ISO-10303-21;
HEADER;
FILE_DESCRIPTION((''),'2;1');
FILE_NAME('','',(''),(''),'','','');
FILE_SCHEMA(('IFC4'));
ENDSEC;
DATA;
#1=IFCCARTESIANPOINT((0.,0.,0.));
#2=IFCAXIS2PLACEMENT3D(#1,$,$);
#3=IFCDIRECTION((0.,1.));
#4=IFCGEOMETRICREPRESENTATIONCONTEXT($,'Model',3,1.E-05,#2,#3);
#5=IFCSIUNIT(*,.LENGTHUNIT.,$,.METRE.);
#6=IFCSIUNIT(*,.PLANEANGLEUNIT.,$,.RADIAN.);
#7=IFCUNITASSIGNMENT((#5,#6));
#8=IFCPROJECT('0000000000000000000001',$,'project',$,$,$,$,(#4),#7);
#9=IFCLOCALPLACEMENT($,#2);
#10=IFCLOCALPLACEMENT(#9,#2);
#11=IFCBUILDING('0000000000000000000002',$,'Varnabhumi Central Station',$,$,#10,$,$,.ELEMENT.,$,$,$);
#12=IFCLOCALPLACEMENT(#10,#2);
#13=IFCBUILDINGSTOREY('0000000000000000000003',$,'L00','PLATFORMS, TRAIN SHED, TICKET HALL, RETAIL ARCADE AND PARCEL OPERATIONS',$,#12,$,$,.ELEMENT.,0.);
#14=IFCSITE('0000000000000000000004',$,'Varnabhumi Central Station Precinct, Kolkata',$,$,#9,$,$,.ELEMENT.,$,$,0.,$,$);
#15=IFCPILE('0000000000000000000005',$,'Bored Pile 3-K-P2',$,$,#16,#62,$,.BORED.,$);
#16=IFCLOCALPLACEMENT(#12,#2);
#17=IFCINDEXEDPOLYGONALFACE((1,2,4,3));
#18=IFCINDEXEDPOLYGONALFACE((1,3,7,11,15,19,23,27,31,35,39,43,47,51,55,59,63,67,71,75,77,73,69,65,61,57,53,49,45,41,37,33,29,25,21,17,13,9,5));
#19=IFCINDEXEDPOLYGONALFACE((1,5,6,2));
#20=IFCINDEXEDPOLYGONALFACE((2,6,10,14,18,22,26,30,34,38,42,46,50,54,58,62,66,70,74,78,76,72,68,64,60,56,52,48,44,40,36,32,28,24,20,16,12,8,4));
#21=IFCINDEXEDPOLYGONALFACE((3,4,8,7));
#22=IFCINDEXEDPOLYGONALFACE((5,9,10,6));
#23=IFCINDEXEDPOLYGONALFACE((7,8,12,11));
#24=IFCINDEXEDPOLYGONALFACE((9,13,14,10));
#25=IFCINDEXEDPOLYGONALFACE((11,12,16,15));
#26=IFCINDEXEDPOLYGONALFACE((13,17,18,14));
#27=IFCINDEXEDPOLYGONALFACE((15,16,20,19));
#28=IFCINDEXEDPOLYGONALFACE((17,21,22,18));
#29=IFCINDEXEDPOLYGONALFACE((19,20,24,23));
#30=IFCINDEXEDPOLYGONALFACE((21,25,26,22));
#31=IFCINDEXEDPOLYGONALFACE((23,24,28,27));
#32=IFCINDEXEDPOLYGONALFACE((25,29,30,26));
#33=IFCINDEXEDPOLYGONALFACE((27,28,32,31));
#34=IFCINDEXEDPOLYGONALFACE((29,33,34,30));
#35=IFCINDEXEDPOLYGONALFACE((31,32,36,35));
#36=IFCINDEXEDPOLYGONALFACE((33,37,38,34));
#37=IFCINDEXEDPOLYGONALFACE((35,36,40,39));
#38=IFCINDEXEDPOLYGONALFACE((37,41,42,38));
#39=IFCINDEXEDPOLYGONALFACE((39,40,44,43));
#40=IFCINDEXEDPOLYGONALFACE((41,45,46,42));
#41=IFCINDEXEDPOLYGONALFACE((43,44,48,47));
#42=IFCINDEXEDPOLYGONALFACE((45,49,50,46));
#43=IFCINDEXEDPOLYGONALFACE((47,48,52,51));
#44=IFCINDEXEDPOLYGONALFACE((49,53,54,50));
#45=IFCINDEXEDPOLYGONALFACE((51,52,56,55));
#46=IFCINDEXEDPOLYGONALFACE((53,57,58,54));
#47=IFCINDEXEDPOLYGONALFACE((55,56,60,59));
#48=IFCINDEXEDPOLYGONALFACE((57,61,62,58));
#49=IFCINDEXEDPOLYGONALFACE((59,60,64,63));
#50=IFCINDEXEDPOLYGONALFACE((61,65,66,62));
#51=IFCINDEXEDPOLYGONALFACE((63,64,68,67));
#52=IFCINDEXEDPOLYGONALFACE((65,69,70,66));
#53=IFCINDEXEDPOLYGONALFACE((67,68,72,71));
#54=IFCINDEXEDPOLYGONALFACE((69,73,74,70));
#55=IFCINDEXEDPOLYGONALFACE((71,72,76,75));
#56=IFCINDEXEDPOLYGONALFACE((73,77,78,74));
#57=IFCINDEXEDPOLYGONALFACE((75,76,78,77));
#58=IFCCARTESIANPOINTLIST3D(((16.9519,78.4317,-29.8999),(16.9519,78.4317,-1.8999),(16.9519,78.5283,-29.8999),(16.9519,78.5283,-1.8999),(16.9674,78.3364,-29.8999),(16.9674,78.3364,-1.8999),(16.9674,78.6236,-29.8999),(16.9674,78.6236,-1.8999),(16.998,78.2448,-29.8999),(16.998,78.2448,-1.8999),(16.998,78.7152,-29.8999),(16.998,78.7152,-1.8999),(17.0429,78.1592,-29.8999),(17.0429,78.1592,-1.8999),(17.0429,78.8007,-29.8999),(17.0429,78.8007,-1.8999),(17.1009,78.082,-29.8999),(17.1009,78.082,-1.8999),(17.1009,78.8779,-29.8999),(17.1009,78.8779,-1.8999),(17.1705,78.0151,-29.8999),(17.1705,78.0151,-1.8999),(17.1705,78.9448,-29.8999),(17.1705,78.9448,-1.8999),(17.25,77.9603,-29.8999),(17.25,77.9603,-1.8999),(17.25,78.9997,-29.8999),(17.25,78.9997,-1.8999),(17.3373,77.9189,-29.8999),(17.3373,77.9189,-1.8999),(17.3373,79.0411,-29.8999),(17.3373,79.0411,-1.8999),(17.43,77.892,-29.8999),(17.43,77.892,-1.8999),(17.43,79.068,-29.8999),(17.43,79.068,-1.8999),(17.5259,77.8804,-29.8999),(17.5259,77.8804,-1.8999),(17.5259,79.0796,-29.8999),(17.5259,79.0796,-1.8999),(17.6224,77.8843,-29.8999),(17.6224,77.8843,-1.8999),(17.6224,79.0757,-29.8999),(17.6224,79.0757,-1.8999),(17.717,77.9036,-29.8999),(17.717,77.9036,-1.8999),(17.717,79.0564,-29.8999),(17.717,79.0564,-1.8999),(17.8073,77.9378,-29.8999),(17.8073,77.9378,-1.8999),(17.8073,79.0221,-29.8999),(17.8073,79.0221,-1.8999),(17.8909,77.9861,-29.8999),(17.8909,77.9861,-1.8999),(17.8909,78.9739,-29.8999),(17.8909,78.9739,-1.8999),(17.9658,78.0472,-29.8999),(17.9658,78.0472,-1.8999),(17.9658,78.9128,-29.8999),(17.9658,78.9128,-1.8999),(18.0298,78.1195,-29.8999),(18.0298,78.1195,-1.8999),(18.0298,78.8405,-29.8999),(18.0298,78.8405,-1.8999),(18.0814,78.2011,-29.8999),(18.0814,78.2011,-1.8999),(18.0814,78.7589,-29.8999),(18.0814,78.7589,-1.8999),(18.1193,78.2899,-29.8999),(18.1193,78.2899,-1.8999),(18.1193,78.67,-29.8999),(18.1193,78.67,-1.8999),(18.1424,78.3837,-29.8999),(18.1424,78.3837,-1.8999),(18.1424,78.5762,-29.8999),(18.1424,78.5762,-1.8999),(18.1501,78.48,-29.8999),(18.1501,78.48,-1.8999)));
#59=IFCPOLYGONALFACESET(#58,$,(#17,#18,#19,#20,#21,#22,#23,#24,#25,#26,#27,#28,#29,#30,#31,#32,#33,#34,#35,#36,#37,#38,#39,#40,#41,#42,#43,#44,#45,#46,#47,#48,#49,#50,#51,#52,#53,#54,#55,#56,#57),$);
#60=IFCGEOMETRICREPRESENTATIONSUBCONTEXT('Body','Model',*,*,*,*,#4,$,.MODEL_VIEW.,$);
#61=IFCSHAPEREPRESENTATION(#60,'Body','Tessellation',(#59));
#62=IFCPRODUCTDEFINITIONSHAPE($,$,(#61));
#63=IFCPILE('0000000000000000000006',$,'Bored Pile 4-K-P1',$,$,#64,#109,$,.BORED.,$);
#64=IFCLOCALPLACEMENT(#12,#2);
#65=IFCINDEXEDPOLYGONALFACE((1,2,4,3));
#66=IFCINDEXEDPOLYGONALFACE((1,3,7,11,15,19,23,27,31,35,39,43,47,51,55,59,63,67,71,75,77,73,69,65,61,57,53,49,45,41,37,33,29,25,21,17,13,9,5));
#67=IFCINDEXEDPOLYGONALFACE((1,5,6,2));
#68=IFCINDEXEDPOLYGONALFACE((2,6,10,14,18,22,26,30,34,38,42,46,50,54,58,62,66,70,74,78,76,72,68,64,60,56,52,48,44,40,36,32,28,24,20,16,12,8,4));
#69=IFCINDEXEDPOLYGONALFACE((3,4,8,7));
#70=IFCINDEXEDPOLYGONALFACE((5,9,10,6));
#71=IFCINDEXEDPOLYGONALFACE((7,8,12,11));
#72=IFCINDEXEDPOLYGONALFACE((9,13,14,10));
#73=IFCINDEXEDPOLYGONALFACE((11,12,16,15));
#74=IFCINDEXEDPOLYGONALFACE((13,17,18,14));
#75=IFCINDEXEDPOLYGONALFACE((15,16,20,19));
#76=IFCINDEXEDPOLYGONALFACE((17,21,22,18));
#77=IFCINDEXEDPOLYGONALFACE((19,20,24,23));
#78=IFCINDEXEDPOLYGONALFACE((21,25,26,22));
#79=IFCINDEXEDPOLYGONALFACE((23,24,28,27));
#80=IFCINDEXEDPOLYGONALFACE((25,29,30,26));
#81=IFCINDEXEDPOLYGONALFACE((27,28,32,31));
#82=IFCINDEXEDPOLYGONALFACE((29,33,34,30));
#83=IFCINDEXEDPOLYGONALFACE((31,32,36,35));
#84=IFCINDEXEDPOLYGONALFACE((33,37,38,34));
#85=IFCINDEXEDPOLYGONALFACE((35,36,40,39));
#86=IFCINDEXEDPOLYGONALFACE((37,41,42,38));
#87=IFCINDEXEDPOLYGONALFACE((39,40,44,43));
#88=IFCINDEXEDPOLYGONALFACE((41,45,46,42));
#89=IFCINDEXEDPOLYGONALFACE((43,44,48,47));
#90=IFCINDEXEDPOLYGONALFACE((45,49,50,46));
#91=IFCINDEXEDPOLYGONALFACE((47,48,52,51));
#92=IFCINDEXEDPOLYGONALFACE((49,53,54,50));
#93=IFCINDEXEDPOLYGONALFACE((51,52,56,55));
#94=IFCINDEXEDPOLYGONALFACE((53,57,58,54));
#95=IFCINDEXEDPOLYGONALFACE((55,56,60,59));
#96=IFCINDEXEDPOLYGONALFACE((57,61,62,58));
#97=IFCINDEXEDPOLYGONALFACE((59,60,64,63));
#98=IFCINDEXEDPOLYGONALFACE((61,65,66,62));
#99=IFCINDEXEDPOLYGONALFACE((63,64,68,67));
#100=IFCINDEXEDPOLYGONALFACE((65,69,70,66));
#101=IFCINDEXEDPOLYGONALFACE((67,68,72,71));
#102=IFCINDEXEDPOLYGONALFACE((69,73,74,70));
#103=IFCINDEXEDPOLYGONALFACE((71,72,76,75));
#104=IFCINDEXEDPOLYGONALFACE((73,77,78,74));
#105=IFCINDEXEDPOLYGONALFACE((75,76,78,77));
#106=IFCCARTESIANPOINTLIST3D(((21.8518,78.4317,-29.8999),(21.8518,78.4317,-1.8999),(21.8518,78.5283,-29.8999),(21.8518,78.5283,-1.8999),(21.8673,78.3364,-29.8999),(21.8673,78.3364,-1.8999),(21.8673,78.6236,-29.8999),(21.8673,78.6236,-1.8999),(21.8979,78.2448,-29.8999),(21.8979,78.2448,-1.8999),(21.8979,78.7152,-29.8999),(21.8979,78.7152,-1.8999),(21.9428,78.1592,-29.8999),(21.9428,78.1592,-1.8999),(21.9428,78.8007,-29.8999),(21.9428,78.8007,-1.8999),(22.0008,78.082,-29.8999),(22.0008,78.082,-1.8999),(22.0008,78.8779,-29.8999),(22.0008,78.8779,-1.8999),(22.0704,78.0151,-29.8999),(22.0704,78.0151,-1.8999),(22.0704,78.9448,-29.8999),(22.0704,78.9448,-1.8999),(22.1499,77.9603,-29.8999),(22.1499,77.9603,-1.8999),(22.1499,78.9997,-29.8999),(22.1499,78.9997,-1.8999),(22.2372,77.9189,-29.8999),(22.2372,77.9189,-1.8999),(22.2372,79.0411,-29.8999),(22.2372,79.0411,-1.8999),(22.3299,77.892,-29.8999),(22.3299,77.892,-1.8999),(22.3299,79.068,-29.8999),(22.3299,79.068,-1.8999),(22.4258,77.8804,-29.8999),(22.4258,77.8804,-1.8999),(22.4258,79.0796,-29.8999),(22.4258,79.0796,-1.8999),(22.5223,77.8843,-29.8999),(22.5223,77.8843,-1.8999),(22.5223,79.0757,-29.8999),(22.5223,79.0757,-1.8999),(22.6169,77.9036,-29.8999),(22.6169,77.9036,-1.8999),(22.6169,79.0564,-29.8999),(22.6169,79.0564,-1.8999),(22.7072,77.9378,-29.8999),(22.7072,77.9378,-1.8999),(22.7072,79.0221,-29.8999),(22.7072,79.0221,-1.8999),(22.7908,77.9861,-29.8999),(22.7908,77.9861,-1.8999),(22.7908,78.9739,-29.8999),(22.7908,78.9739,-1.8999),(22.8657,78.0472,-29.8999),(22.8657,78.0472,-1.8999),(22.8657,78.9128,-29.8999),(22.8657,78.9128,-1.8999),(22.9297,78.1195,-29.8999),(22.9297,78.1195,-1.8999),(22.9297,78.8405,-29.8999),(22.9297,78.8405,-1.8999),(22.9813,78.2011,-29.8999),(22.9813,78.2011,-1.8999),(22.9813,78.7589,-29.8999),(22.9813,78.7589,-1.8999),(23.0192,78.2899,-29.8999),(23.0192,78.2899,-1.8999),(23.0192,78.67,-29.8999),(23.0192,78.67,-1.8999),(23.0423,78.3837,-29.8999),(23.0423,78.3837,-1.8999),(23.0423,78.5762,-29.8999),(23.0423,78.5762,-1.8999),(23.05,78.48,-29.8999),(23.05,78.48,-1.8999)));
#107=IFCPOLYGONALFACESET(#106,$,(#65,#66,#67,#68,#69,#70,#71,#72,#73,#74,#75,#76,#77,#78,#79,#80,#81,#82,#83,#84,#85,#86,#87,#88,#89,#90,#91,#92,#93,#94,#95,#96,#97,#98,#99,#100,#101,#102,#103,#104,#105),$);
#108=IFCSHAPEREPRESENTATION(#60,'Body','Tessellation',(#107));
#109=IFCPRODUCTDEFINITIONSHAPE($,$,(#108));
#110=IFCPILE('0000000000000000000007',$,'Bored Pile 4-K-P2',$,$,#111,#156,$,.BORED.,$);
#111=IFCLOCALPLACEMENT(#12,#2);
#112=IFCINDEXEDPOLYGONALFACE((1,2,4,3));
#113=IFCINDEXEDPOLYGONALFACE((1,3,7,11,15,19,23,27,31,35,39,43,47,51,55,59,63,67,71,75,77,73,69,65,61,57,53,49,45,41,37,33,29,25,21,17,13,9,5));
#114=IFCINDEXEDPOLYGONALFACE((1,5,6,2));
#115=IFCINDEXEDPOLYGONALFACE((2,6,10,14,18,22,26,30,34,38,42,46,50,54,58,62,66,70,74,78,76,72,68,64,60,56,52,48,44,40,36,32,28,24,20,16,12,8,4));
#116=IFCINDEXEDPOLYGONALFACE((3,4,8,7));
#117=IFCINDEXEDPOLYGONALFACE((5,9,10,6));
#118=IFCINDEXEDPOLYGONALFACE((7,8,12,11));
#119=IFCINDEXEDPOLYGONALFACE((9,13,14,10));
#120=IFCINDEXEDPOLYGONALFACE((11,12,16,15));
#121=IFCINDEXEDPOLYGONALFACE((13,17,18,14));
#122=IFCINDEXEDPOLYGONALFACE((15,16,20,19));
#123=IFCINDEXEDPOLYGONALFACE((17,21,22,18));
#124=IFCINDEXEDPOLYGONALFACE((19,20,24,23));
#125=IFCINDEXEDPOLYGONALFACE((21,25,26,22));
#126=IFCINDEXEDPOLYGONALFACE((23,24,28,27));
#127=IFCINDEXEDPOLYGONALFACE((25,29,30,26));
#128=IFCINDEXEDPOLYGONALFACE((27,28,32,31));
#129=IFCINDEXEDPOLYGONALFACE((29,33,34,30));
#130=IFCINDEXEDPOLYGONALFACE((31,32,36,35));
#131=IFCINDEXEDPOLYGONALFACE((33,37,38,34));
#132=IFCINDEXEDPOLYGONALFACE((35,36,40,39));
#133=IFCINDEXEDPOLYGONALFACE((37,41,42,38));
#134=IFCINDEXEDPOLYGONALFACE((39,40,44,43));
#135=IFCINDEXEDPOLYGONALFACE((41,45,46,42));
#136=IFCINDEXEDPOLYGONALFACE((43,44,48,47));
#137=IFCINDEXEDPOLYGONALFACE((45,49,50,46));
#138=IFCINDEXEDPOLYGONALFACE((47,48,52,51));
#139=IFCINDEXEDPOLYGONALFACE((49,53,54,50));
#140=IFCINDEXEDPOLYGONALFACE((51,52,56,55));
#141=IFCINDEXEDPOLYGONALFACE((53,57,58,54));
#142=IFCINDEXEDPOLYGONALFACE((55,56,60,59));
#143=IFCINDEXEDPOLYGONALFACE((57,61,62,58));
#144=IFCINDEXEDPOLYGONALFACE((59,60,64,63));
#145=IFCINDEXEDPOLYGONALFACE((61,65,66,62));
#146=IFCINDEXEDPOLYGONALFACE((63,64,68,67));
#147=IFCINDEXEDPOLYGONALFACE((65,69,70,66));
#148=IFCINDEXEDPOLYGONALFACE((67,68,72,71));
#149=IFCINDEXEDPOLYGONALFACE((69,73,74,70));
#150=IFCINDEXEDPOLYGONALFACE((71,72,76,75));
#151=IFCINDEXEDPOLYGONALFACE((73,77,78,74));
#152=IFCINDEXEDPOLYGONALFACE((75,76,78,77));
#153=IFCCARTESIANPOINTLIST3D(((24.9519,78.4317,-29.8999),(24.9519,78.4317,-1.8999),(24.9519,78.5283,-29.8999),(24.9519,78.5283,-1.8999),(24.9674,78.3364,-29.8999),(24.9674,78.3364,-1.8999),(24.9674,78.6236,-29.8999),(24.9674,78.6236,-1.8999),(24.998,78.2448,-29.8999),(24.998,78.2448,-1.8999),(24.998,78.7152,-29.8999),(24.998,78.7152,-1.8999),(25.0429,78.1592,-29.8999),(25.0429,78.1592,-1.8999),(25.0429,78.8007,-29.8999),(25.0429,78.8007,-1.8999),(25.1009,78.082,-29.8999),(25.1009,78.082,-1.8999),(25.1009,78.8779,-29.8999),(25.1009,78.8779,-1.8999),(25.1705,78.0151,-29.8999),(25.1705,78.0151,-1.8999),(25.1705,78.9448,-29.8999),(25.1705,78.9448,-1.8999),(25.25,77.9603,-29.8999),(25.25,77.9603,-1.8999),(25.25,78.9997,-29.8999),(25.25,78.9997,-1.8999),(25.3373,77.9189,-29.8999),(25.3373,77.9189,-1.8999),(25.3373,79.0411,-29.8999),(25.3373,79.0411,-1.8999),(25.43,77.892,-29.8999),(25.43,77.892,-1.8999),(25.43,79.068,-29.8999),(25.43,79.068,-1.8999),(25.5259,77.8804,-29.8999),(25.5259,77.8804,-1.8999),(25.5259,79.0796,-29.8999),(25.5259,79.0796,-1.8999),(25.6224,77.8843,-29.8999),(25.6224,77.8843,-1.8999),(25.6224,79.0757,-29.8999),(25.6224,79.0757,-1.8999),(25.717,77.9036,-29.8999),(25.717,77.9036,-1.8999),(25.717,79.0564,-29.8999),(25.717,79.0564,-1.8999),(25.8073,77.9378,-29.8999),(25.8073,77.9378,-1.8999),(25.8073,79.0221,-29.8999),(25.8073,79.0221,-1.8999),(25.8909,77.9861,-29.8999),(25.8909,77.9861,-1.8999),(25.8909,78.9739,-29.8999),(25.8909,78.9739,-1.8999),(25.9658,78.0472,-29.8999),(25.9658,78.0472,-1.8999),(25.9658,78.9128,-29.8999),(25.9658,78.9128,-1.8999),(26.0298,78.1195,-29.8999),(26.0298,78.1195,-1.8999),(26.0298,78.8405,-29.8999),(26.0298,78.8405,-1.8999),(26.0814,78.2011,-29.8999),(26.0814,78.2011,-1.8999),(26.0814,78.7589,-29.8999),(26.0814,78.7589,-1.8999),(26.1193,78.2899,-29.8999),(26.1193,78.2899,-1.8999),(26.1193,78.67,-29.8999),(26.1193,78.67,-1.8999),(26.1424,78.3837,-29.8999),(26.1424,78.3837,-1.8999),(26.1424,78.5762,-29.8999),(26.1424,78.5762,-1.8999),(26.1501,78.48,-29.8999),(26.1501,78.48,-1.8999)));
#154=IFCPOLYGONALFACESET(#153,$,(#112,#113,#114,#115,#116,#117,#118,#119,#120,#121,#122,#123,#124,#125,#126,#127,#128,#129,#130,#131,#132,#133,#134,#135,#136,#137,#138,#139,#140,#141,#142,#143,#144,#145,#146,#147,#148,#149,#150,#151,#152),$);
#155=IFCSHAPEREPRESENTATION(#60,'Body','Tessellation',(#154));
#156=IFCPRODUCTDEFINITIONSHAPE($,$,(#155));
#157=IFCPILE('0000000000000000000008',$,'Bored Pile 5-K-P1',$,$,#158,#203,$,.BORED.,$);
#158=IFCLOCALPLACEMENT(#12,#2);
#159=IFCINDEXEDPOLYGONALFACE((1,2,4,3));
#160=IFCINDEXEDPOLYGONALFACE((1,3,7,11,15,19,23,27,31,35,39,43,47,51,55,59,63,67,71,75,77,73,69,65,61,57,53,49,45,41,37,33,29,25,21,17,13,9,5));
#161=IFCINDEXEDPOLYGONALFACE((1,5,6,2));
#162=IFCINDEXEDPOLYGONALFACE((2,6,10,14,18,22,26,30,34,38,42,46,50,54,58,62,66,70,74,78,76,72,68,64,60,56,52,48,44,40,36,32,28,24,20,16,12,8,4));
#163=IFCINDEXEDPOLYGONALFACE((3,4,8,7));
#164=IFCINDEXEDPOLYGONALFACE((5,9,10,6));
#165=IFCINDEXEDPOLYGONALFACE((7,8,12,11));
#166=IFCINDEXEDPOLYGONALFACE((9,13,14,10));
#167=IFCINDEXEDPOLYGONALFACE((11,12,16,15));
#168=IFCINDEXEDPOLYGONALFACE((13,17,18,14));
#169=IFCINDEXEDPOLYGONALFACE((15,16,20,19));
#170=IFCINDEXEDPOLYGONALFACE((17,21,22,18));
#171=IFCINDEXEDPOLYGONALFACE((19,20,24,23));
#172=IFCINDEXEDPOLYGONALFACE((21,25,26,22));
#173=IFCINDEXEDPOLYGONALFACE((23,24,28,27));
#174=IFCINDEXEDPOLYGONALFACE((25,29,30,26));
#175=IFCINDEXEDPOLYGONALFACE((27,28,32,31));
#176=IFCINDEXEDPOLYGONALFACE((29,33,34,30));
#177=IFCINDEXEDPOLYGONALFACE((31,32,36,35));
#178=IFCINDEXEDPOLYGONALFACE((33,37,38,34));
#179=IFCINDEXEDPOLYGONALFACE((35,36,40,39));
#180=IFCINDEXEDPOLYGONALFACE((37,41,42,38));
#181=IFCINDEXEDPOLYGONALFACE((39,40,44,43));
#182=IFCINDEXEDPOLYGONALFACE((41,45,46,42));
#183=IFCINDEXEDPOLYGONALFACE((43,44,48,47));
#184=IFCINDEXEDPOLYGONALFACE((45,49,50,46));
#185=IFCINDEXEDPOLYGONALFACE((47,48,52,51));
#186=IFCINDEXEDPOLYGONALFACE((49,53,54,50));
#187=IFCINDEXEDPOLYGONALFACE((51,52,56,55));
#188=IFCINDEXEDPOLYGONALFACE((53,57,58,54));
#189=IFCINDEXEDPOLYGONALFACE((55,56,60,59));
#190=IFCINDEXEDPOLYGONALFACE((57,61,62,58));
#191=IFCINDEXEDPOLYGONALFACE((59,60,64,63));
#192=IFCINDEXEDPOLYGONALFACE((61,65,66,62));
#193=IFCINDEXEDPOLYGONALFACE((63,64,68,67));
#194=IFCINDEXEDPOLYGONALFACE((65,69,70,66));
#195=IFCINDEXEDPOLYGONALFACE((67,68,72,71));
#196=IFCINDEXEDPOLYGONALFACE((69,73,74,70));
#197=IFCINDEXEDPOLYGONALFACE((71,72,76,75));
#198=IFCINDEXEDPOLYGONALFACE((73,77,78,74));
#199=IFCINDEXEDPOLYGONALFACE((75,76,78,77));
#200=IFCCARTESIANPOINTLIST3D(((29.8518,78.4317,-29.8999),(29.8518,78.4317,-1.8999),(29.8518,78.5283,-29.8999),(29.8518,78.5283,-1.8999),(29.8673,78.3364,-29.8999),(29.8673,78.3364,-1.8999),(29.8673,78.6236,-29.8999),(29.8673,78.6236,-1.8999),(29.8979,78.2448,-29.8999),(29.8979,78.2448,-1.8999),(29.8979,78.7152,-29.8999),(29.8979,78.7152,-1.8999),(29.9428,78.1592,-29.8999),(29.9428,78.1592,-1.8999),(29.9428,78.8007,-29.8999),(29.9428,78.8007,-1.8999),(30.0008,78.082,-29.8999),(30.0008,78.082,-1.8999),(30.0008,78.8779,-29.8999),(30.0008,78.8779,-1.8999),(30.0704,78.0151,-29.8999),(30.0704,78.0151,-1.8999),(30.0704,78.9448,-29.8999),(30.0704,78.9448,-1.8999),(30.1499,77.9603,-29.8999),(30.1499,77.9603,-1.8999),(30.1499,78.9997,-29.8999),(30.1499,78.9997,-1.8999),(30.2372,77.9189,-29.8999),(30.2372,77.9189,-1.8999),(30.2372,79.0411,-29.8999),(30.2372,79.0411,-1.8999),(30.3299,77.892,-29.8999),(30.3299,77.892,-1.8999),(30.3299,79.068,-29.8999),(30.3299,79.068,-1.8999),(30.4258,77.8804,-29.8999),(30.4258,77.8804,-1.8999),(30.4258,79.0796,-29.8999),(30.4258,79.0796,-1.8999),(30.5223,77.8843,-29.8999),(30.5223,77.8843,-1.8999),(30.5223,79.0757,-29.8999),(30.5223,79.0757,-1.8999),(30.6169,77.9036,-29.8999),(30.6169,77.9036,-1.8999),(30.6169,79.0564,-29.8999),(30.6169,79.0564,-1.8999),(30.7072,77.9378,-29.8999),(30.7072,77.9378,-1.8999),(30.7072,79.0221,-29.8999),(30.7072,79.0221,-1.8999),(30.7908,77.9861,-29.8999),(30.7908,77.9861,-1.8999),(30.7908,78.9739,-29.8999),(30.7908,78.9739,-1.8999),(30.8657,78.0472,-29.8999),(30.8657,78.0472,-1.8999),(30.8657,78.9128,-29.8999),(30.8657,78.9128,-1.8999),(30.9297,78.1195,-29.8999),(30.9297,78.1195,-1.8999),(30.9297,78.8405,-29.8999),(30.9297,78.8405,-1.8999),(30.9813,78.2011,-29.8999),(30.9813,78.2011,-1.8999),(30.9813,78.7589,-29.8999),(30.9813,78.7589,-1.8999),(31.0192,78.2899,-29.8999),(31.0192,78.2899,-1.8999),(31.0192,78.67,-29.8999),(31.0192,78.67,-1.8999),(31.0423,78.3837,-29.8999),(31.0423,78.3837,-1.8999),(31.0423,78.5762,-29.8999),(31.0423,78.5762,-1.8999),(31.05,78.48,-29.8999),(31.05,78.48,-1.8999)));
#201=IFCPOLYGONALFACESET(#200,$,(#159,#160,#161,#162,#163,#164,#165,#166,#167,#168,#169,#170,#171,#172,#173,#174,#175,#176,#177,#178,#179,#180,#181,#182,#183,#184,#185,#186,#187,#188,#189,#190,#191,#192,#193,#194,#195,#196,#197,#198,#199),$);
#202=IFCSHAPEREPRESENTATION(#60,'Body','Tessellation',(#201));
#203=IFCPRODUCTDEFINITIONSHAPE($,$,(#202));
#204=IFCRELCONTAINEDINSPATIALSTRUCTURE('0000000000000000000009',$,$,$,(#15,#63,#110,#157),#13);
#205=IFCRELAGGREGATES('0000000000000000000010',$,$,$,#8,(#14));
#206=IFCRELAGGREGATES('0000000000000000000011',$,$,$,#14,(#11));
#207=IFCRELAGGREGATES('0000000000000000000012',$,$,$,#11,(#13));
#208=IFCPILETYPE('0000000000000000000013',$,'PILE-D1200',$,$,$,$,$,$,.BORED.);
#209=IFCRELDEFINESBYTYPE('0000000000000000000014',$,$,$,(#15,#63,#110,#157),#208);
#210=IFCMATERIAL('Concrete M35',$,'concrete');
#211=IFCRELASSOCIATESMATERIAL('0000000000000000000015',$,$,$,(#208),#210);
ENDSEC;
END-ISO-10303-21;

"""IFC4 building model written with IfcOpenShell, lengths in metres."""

from ifc_helpers import new_model, si_unit, direction, frame, origin, origin_2d, place, context, subcontext, project, spatial, circle, extrude, material, material_profile, profile_set, type_object, element, save


model = new_model("IFC4")

# Units and contexts
model_context = context("Model", 3, precision=1e-05, world=origin(), true_north=direction((0.0, 1.0)))
body_context = subcontext(model_context, "Body", "Model", "MODEL_VIEW")
ifc_project = project(units=[si_unit("LENGTHUNIT", "METRE"), si_unit("PLANEANGLEUNIT", "RADIAN")], contexts=[model_context])

# Site, building, storey
site_placement = place(None, origin())
site = spatial("IfcSite", under=ifc_project, at=site_placement, Name="Varnabhumi Central Station Precinct, Kolkata", CompositionType="ELEMENT", RefElevation=0.0)
building_placement = place(site_placement, origin())
building = spatial("IfcBuilding", under=site, at=building_placement, Name="Varnabhumi Central Station", CompositionType="ELEMENT")
storey_placement = place(building_placement, origin())
storey = spatial("IfcBuildingStorey", under=building, at=storey_placement, Name="L00", Description="PLATFORMS, TRAIN SHED, TICKET HALL, RETAIL ARCADE AND PARCEL OPERATIONS", CompositionType="ELEMENT", Elevation=0.0)

# Piles
ifc_material_1 = material(Name="Concrete M35", Category="concrete")
ifc_material_profile_1 = material_profile(ifc_material_1, circle(Radius=0.6001, at=origin_2d()), Name="Concrete M35", Category="concrete")
ifc_profile_set_1 = profile_set([ifc_material_profile_1], Name="Concrete M35")
pile_type_1 = type_object("IfcPileType", Name="PILE-D1200", PredefinedType="BORED", material=ifc_profile_set_1)
for number, where, z_axis, x_axis, name in (
    (1, (17.55, 78.48, -1.8999), (0.0, 0.0, -1.0), (1.0, 0.0, 0.0), "Bored Pile 3-K-P2"),
    (2, (22.45, 78.48, -1.8999), (0.0, 0.0, -1.0), (1.0, 0.0, 0.0), "Bored Pile 4-K-P1"),
    (3, (25.55, 78.48, -1.8999), (0.0, 0.0, -1.0), (1.0, 0.0, 0.0), "Bored Pile 4-K-P2"),
    (4, (30.45, 78.48, -1.8999), (0.0, 0.0, -1.0), (1.0, 0.0, 0.0), "Bored Pile 5-K-P1"),
):
    element("IfcPile", number, at=place(storey_placement, frame(where, z_axis=z_axis, x_axis=x_axis)), inside=storey, type_object=pile_type_1, Name=name, PredefinedType="BORED", context=body_context, shape_type="SweptSolid", body=[
        extrude(circle(Radius=0.6001, at=origin_2d()), origin(), (0.0, 0.0, 1.0), 28.0),
    ])

save(model, "model.ifc")
